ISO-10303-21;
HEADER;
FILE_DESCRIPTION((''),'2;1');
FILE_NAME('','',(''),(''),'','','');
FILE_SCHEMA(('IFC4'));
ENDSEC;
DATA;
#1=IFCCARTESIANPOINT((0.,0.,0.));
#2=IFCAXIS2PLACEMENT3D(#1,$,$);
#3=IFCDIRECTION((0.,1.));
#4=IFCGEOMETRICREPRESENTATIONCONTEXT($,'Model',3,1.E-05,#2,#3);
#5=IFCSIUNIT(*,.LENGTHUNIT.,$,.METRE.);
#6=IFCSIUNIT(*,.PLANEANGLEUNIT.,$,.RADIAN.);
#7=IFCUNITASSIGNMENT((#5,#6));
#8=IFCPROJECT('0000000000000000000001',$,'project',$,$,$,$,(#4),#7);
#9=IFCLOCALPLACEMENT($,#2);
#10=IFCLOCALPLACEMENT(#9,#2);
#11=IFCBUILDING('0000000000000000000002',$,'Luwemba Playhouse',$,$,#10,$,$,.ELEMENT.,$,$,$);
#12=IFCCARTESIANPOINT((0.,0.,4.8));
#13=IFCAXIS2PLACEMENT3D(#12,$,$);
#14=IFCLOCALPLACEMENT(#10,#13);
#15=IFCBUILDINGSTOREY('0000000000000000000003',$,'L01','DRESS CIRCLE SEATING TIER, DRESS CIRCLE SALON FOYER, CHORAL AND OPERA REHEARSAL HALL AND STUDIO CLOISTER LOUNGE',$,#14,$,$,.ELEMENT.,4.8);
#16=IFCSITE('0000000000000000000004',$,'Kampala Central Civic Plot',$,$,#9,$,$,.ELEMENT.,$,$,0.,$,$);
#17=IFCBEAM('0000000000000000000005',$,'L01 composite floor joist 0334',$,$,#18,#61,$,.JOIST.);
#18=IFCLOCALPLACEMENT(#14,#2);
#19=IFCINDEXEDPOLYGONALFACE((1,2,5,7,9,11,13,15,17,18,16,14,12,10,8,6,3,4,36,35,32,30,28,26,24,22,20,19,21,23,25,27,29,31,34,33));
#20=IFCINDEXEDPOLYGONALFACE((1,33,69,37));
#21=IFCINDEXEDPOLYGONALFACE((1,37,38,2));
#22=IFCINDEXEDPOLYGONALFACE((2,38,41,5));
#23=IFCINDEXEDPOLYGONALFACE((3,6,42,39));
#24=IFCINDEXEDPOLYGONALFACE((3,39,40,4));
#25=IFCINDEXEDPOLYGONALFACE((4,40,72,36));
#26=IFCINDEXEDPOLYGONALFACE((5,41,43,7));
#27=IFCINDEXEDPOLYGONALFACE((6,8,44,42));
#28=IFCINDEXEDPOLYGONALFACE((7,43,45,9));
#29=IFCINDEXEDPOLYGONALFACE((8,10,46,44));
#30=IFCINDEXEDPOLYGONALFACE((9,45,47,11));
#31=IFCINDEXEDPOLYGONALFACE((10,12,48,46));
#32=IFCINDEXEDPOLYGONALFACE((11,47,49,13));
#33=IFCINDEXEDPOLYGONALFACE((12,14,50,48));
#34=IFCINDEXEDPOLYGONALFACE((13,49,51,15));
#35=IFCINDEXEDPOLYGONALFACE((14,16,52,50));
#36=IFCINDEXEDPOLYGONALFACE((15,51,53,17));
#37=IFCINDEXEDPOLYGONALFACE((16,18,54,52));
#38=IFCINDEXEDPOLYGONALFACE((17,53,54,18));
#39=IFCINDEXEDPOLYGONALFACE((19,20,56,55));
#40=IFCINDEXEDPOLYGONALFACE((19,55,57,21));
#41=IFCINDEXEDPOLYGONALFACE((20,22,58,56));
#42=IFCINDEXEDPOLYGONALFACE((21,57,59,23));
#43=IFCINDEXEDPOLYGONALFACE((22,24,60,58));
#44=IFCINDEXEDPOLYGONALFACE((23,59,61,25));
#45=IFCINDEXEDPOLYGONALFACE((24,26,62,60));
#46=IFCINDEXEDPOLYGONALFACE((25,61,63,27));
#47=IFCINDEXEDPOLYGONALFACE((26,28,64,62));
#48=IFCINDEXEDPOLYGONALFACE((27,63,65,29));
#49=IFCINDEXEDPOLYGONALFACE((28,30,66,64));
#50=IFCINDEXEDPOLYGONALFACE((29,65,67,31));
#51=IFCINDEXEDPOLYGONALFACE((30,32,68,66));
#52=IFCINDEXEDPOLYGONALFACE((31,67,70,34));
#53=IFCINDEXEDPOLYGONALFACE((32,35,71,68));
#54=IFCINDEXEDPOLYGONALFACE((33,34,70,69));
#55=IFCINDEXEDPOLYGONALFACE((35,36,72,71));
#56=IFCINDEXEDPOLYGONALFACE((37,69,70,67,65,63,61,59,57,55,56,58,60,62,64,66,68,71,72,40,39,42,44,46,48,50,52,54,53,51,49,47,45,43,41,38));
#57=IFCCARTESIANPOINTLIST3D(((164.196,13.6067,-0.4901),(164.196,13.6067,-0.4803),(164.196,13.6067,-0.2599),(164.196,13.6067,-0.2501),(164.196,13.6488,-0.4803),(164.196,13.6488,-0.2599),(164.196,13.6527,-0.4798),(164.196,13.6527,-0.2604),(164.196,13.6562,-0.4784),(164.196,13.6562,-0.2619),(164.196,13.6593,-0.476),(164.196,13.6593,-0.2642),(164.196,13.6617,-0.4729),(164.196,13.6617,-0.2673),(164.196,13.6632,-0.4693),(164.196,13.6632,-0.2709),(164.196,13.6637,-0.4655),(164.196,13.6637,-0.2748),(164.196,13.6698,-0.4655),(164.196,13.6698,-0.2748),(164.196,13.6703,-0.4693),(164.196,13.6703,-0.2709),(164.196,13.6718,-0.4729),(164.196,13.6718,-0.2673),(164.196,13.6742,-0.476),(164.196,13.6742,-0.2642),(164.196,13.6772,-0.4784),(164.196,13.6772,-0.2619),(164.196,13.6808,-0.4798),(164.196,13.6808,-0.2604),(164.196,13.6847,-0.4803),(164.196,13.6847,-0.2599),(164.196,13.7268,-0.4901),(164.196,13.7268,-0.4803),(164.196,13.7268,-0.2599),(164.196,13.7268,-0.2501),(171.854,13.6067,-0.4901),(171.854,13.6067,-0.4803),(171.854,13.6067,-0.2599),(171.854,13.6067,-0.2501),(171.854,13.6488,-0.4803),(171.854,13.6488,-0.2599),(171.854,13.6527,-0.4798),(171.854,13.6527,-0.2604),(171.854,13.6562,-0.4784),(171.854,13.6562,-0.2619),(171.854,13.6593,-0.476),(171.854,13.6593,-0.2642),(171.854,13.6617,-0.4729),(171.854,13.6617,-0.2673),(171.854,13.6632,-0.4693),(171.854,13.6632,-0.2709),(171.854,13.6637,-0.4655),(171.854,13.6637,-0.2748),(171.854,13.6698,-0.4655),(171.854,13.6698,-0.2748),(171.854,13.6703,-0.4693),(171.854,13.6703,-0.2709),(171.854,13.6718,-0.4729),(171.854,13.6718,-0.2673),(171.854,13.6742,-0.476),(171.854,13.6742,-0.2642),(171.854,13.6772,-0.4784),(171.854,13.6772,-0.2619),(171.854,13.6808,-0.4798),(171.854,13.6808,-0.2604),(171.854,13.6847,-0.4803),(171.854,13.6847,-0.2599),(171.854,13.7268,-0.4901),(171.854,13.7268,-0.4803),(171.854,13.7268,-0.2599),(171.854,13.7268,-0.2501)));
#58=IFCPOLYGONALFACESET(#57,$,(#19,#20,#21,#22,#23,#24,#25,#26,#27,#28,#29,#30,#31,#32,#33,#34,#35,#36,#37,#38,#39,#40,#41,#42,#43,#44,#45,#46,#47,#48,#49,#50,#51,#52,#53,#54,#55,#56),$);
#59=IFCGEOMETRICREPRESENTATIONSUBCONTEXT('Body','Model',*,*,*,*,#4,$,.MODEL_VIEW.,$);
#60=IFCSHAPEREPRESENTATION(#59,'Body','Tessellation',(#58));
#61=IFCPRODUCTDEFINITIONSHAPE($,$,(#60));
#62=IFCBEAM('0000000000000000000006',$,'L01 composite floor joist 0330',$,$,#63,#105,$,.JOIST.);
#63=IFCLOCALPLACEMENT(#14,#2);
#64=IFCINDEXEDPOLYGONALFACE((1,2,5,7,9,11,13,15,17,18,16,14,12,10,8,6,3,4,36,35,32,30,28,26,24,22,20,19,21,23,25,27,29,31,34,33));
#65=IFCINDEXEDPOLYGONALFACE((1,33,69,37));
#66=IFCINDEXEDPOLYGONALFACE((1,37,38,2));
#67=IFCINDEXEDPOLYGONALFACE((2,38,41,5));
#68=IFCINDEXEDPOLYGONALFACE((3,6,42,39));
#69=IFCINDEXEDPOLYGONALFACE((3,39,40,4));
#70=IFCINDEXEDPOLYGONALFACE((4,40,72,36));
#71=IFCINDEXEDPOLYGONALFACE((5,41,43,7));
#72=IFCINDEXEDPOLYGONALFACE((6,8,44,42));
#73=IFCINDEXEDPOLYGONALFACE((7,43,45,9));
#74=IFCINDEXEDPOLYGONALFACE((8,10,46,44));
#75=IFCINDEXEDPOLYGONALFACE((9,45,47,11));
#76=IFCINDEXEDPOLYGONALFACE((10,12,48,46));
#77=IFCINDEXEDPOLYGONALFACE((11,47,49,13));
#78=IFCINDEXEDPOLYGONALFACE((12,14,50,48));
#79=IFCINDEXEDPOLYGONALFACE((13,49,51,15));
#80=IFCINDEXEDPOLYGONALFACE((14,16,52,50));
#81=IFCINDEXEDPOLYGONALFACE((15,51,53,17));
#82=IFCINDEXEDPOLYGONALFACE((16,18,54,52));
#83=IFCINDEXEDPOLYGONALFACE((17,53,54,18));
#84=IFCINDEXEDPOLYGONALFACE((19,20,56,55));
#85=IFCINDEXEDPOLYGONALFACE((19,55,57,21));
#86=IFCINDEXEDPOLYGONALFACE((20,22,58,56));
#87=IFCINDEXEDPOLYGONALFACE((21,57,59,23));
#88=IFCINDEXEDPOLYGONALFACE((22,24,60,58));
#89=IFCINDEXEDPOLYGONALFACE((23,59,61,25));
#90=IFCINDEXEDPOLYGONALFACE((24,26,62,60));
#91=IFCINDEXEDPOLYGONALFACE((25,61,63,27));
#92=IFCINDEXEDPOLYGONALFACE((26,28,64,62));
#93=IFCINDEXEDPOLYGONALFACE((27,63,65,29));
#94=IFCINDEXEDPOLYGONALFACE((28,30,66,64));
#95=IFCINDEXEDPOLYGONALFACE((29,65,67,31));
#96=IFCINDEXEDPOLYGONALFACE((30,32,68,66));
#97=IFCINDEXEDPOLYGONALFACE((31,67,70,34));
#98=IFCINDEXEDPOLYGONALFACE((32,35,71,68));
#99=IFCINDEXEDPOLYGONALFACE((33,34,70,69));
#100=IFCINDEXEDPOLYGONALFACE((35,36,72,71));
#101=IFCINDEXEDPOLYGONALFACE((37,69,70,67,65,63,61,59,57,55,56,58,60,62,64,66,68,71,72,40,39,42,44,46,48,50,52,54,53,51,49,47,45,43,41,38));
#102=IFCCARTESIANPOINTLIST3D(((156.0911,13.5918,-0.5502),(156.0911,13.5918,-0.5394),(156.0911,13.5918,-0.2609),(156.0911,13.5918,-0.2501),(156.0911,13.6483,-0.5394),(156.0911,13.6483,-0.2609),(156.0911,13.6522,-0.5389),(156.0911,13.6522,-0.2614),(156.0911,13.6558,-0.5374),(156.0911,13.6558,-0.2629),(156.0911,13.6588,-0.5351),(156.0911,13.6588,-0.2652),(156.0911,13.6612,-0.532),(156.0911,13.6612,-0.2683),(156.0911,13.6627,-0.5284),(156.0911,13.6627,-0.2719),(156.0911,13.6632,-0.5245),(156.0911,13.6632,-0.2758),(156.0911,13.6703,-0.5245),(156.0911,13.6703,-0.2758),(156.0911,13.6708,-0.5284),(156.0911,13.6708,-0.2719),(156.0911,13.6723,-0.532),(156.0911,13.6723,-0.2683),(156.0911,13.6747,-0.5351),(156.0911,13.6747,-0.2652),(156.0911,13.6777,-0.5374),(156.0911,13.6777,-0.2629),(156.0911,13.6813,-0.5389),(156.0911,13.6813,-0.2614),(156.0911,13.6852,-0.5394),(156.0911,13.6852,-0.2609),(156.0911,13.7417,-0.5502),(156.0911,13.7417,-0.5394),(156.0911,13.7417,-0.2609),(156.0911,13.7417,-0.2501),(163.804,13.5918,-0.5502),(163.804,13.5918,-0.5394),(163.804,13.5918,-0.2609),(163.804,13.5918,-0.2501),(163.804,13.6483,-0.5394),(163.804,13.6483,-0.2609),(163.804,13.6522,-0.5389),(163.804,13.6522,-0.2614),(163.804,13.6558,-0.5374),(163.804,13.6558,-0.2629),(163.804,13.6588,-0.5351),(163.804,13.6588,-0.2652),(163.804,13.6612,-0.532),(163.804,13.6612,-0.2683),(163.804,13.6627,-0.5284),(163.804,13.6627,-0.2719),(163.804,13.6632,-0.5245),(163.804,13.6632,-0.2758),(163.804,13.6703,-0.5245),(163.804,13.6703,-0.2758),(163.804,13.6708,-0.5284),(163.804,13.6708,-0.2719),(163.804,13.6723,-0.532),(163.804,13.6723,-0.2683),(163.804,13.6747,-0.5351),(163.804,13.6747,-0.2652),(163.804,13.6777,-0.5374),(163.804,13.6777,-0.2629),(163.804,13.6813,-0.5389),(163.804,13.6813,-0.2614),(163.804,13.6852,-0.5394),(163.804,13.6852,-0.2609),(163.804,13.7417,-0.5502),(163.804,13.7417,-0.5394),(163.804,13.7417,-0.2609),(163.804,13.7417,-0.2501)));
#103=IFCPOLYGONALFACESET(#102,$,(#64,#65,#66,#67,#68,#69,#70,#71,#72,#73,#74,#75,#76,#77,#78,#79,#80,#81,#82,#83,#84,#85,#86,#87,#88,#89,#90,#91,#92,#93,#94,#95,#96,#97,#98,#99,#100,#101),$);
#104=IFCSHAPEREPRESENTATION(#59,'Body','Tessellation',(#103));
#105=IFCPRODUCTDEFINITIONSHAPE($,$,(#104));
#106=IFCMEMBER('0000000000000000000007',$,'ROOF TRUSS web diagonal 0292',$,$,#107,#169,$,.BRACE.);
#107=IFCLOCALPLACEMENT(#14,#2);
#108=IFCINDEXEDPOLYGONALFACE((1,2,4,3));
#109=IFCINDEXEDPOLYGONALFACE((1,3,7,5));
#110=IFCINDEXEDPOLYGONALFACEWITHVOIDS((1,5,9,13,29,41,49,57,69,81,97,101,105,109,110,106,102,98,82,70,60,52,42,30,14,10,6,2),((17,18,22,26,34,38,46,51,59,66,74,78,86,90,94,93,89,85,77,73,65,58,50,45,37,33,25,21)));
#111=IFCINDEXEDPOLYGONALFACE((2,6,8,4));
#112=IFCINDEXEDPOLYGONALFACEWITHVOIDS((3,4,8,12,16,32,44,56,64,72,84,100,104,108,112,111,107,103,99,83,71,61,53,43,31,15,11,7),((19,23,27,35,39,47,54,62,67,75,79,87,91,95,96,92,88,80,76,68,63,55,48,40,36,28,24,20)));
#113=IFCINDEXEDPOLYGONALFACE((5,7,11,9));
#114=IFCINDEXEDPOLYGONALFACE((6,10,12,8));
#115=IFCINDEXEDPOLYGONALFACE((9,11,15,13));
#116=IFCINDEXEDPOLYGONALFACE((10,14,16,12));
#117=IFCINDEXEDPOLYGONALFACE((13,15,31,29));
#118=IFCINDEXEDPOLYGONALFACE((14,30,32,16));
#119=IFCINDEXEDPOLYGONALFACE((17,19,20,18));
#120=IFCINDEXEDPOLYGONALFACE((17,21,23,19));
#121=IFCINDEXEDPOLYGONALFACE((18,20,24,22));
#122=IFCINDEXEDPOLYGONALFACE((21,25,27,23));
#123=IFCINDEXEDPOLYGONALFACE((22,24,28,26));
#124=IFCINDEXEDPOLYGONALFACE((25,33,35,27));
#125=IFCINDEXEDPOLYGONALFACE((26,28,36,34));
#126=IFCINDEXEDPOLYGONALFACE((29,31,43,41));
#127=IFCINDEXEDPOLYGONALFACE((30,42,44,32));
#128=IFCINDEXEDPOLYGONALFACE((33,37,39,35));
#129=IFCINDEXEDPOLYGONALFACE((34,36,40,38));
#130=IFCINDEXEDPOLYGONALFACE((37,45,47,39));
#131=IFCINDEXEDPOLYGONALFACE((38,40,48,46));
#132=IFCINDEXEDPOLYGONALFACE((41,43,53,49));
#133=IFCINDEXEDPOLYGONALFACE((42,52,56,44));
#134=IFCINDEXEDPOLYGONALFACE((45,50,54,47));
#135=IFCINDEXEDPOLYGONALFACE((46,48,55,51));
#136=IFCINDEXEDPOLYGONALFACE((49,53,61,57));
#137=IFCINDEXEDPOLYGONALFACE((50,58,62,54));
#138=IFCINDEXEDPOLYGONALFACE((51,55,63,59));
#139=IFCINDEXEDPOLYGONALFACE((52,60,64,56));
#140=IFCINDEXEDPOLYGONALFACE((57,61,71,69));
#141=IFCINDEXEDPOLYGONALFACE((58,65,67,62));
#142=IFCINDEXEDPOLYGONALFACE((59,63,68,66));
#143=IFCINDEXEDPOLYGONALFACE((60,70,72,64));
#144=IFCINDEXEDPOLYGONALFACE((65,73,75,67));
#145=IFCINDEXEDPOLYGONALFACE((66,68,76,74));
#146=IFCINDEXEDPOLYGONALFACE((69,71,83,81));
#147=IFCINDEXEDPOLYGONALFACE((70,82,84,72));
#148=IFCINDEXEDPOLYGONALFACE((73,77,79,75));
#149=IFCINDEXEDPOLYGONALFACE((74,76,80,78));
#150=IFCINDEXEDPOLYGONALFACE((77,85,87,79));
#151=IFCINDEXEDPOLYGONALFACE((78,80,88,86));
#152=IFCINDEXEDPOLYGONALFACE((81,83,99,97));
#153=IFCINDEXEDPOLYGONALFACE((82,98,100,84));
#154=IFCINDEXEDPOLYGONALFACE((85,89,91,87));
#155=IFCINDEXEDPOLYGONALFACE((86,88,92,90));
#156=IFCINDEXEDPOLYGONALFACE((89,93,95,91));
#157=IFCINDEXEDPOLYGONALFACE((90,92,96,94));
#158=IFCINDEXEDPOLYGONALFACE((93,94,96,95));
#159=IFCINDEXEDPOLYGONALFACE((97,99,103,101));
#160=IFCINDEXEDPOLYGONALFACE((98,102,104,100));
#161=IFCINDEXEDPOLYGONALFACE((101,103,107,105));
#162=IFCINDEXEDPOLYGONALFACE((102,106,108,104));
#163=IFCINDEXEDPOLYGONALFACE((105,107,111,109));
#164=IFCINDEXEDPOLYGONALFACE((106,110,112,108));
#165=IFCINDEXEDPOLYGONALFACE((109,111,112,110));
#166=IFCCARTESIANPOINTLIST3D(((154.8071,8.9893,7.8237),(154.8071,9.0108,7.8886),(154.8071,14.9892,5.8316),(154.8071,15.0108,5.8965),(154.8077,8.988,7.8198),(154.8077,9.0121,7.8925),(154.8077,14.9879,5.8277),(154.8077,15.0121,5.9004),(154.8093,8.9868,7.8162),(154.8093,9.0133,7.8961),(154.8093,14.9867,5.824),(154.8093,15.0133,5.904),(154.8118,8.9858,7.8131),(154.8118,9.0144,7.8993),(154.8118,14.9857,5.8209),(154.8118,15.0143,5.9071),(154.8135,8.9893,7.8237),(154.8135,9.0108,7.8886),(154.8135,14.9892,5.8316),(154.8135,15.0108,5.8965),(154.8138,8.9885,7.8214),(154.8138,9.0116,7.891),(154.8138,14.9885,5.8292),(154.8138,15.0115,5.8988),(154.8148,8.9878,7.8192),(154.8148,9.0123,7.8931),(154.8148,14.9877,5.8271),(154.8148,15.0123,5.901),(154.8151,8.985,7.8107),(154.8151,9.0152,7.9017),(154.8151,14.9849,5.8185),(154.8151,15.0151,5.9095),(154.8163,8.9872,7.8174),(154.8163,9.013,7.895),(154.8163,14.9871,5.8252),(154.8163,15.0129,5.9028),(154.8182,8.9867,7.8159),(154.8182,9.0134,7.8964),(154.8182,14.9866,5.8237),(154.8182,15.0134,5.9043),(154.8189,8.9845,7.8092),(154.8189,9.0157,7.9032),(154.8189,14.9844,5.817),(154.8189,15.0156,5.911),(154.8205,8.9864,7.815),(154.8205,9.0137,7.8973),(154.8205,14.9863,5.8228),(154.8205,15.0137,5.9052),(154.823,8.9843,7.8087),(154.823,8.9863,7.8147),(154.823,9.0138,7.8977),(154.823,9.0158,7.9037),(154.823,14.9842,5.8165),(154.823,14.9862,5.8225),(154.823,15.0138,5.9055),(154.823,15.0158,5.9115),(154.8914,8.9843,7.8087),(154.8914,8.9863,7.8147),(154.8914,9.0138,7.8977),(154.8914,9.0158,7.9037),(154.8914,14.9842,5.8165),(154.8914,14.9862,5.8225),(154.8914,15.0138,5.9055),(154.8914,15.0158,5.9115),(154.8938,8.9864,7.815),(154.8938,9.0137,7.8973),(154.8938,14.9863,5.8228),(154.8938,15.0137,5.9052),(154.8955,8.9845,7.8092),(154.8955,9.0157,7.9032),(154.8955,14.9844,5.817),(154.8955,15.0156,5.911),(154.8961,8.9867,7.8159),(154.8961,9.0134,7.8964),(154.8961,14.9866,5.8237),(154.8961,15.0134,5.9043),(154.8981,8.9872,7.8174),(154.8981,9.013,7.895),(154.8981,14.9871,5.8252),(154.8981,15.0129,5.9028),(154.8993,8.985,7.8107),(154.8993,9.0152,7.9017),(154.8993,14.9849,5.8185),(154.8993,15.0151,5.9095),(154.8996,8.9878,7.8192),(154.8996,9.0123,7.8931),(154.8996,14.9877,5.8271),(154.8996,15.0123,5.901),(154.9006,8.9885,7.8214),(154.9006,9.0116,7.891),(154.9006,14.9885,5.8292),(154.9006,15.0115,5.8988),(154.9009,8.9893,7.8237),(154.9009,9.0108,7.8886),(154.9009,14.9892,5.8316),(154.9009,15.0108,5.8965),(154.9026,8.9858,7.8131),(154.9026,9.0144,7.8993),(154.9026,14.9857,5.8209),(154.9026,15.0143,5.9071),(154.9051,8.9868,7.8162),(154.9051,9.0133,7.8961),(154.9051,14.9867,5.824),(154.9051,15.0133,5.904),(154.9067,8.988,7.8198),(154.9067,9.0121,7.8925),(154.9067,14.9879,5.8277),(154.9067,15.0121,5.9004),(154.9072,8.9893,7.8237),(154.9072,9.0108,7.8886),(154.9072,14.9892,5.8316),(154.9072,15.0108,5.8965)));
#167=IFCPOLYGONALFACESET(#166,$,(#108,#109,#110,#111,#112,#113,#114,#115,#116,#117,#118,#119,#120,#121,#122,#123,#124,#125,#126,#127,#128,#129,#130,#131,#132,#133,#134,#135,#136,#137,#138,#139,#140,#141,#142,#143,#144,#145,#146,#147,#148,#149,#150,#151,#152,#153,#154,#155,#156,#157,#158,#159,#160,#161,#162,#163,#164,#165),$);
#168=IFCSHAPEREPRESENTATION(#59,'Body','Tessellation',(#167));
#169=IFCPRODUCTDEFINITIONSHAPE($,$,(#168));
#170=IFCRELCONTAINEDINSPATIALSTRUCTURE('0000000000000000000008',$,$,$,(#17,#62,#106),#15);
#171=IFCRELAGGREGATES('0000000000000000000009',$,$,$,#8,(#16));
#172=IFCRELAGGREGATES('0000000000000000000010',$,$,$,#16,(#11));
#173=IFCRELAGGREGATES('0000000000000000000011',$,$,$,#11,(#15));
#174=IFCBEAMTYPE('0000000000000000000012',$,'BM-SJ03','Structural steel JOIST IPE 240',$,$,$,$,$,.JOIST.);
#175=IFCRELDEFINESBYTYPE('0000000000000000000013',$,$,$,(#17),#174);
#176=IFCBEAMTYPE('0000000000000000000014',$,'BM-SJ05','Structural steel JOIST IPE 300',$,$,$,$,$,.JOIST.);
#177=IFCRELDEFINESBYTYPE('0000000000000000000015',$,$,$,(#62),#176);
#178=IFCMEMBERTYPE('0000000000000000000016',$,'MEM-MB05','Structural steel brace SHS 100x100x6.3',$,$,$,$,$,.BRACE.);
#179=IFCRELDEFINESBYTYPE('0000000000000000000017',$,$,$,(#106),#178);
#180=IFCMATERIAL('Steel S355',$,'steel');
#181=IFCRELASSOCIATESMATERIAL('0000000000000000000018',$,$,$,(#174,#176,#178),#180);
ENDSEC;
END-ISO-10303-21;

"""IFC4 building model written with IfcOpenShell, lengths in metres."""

from ifc_helpers import new_model, si_unit, direction, frame, origin, origin_2d, place, context, subcontext, project, spatial, hollow_rectangle, i_section, extrude, material, material_profile, profile_set, type_object, element, save


model = new_model("IFC4")

# Units and contexts
model_context = context("Model", 3, precision=1e-05, world=origin(), true_north=direction((0.0, 1.0)))
body_context = subcontext(model_context, "Body", "Model", "MODEL_VIEW")
ifc_project = project(units=[si_unit("LENGTHUNIT", "METRE"), si_unit("PLANEANGLEUNIT", "RADIAN")], contexts=[model_context])

# Site, building, storey
site_placement = place(None, origin())
site = spatial("IfcSite", under=ifc_project, at=site_placement, Name="Kampala Central Civic Plot", CompositionType="ELEMENT", RefElevation=0.0)
building_placement = place(site_placement, origin())
building = spatial("IfcBuilding", under=site, at=building_placement, Name="Luwemba Playhouse", CompositionType="ELEMENT")
storey_placement = place(building_placement, frame((0.0, 0.0, 4.8)))
storey = spatial("IfcBuildingStorey", under=building, at=storey_placement, Name="L01", Description="DRESS CIRCLE SEATING TIER, DRESS CIRCLE SALON FOYER, CHORAL AND OPERA REHEARSAL HALL AND STUDIO CLOISTER LOUNGE", CompositionType="ELEMENT", Elevation=4.8)

# Beams
ifc_material_1 = material(Name="Steel S355", Category="steel")
ifc_material_profile_1 = material_profile(ifc_material_1, i_section(OverallWidth=0.1201, OverallDepth=0.24, WebThickness=0.0061, FlangeThickness=0.0098, FilletRadius=0.0149, at=origin_2d()))
ifc_profile_set_1 = profile_set([ifc_material_profile_1], Name="Steel S355")
beam_type_1 = type_object("IfcBeamType", Name="BM-SJ03", Description="Structural steel JOIST IPE 240", PredefinedType="JOIST", material=ifc_profile_set_1)
beam_1_placement = place(storey_placement, frame((164.196, 13.6667, -0.3701), z_axis=(1.0, 0.0, 0.0), x_axis=(0.0, 1.0, 0.0)))
element("IfcBeam", 1, at=beam_1_placement, inside=storey, type_object=beam_type_1, Name="L01 composite floor joist 0334", PredefinedType="JOIST", context=body_context, shape_type="SweptSolid", body=[
    extrude(i_section(OverallWidth=0.1201, OverallDepth=0.24, WebThickness=0.0061, FlangeThickness=0.0098, FilletRadius=0.0149, at=origin_2d()), origin(), (0.0, 0.0, 1.0), 7.658),
])
ifc_material_profile_2 = material_profile(ifc_material_1, i_section(OverallWidth=0.1499, OverallDepth=0.3, WebThickness=0.0071, FlangeThickness=0.0107, FilletRadius=0.0149, at=origin_2d()))
ifc_profile_set_2 = profile_set([ifc_material_profile_2], Name="Steel S355")
beam_type_2 = type_object("IfcBeamType", Name="BM-SJ05", Description="Structural steel JOIST IPE 300", PredefinedType="JOIST", material=ifc_profile_set_2)
beam_2_placement = place(storey_placement, frame((156.0911, 13.6667, -0.4001), z_axis=(1.0, 0.0, 0.0), x_axis=(0.0, 1.0, 0.0)))
element("IfcBeam", 2, at=beam_2_placement, inside=storey, type_object=beam_type_2, Name="L01 composite floor joist 0330", PredefinedType="JOIST", context=body_context, shape_type="SweptSolid", body=[
    extrude(i_section(OverallWidth=0.1499, OverallDepth=0.3, WebThickness=0.0071, FlangeThickness=0.0107, FilletRadius=0.0149, at=origin_2d()), origin(), (0.0, 0.0, 1.0), 7.7129),
])

# Member
ifc_material_profile_3 = material_profile(ifc_material_1, hollow_rectangle(XDim=0.1001, YDim=0.1001, WallThickness=0.0063, InnerFilletRadius=0.0095, OuterFilletRadius=0.0159, at=origin_2d()))
ifc_profile_set_3 = profile_set([ifc_material_profile_3], Name="Steel S355")
member_type_1 = type_object("IfcMemberType", Name="MEM-MB05", Description="Structural steel brace SHS 100x100x6.3", PredefinedType="BRACE", material=ifc_profile_set_3)
for number, where, z_axis, x_axis, name in (
    (3, (154.8572, 15.0, 5.864), (0.0, -0.949053, 0.315115), (1.0, 0.0, 0.0), "ROOF TRUSS web diagonal 0292"),
):
    element("IfcMember", number, at=place(storey_placement, frame(where, z_axis=z_axis, x_axis=x_axis)), inside=storey, type_object=member_type_1, Name=name, PredefinedType="BRACE", context=body_context, shape_type="SweptSolid", body=[
        extrude(hollow_rectangle(XDim=0.1001, YDim=0.1001, WallThickness=0.0063, InnerFilletRadius=0.0095, OuterFilletRadius=0.0159, at=origin_2d()), origin(), (0.0, 0.0, 1.0), 6.322),
    ])

save(model, "model.ifc")
